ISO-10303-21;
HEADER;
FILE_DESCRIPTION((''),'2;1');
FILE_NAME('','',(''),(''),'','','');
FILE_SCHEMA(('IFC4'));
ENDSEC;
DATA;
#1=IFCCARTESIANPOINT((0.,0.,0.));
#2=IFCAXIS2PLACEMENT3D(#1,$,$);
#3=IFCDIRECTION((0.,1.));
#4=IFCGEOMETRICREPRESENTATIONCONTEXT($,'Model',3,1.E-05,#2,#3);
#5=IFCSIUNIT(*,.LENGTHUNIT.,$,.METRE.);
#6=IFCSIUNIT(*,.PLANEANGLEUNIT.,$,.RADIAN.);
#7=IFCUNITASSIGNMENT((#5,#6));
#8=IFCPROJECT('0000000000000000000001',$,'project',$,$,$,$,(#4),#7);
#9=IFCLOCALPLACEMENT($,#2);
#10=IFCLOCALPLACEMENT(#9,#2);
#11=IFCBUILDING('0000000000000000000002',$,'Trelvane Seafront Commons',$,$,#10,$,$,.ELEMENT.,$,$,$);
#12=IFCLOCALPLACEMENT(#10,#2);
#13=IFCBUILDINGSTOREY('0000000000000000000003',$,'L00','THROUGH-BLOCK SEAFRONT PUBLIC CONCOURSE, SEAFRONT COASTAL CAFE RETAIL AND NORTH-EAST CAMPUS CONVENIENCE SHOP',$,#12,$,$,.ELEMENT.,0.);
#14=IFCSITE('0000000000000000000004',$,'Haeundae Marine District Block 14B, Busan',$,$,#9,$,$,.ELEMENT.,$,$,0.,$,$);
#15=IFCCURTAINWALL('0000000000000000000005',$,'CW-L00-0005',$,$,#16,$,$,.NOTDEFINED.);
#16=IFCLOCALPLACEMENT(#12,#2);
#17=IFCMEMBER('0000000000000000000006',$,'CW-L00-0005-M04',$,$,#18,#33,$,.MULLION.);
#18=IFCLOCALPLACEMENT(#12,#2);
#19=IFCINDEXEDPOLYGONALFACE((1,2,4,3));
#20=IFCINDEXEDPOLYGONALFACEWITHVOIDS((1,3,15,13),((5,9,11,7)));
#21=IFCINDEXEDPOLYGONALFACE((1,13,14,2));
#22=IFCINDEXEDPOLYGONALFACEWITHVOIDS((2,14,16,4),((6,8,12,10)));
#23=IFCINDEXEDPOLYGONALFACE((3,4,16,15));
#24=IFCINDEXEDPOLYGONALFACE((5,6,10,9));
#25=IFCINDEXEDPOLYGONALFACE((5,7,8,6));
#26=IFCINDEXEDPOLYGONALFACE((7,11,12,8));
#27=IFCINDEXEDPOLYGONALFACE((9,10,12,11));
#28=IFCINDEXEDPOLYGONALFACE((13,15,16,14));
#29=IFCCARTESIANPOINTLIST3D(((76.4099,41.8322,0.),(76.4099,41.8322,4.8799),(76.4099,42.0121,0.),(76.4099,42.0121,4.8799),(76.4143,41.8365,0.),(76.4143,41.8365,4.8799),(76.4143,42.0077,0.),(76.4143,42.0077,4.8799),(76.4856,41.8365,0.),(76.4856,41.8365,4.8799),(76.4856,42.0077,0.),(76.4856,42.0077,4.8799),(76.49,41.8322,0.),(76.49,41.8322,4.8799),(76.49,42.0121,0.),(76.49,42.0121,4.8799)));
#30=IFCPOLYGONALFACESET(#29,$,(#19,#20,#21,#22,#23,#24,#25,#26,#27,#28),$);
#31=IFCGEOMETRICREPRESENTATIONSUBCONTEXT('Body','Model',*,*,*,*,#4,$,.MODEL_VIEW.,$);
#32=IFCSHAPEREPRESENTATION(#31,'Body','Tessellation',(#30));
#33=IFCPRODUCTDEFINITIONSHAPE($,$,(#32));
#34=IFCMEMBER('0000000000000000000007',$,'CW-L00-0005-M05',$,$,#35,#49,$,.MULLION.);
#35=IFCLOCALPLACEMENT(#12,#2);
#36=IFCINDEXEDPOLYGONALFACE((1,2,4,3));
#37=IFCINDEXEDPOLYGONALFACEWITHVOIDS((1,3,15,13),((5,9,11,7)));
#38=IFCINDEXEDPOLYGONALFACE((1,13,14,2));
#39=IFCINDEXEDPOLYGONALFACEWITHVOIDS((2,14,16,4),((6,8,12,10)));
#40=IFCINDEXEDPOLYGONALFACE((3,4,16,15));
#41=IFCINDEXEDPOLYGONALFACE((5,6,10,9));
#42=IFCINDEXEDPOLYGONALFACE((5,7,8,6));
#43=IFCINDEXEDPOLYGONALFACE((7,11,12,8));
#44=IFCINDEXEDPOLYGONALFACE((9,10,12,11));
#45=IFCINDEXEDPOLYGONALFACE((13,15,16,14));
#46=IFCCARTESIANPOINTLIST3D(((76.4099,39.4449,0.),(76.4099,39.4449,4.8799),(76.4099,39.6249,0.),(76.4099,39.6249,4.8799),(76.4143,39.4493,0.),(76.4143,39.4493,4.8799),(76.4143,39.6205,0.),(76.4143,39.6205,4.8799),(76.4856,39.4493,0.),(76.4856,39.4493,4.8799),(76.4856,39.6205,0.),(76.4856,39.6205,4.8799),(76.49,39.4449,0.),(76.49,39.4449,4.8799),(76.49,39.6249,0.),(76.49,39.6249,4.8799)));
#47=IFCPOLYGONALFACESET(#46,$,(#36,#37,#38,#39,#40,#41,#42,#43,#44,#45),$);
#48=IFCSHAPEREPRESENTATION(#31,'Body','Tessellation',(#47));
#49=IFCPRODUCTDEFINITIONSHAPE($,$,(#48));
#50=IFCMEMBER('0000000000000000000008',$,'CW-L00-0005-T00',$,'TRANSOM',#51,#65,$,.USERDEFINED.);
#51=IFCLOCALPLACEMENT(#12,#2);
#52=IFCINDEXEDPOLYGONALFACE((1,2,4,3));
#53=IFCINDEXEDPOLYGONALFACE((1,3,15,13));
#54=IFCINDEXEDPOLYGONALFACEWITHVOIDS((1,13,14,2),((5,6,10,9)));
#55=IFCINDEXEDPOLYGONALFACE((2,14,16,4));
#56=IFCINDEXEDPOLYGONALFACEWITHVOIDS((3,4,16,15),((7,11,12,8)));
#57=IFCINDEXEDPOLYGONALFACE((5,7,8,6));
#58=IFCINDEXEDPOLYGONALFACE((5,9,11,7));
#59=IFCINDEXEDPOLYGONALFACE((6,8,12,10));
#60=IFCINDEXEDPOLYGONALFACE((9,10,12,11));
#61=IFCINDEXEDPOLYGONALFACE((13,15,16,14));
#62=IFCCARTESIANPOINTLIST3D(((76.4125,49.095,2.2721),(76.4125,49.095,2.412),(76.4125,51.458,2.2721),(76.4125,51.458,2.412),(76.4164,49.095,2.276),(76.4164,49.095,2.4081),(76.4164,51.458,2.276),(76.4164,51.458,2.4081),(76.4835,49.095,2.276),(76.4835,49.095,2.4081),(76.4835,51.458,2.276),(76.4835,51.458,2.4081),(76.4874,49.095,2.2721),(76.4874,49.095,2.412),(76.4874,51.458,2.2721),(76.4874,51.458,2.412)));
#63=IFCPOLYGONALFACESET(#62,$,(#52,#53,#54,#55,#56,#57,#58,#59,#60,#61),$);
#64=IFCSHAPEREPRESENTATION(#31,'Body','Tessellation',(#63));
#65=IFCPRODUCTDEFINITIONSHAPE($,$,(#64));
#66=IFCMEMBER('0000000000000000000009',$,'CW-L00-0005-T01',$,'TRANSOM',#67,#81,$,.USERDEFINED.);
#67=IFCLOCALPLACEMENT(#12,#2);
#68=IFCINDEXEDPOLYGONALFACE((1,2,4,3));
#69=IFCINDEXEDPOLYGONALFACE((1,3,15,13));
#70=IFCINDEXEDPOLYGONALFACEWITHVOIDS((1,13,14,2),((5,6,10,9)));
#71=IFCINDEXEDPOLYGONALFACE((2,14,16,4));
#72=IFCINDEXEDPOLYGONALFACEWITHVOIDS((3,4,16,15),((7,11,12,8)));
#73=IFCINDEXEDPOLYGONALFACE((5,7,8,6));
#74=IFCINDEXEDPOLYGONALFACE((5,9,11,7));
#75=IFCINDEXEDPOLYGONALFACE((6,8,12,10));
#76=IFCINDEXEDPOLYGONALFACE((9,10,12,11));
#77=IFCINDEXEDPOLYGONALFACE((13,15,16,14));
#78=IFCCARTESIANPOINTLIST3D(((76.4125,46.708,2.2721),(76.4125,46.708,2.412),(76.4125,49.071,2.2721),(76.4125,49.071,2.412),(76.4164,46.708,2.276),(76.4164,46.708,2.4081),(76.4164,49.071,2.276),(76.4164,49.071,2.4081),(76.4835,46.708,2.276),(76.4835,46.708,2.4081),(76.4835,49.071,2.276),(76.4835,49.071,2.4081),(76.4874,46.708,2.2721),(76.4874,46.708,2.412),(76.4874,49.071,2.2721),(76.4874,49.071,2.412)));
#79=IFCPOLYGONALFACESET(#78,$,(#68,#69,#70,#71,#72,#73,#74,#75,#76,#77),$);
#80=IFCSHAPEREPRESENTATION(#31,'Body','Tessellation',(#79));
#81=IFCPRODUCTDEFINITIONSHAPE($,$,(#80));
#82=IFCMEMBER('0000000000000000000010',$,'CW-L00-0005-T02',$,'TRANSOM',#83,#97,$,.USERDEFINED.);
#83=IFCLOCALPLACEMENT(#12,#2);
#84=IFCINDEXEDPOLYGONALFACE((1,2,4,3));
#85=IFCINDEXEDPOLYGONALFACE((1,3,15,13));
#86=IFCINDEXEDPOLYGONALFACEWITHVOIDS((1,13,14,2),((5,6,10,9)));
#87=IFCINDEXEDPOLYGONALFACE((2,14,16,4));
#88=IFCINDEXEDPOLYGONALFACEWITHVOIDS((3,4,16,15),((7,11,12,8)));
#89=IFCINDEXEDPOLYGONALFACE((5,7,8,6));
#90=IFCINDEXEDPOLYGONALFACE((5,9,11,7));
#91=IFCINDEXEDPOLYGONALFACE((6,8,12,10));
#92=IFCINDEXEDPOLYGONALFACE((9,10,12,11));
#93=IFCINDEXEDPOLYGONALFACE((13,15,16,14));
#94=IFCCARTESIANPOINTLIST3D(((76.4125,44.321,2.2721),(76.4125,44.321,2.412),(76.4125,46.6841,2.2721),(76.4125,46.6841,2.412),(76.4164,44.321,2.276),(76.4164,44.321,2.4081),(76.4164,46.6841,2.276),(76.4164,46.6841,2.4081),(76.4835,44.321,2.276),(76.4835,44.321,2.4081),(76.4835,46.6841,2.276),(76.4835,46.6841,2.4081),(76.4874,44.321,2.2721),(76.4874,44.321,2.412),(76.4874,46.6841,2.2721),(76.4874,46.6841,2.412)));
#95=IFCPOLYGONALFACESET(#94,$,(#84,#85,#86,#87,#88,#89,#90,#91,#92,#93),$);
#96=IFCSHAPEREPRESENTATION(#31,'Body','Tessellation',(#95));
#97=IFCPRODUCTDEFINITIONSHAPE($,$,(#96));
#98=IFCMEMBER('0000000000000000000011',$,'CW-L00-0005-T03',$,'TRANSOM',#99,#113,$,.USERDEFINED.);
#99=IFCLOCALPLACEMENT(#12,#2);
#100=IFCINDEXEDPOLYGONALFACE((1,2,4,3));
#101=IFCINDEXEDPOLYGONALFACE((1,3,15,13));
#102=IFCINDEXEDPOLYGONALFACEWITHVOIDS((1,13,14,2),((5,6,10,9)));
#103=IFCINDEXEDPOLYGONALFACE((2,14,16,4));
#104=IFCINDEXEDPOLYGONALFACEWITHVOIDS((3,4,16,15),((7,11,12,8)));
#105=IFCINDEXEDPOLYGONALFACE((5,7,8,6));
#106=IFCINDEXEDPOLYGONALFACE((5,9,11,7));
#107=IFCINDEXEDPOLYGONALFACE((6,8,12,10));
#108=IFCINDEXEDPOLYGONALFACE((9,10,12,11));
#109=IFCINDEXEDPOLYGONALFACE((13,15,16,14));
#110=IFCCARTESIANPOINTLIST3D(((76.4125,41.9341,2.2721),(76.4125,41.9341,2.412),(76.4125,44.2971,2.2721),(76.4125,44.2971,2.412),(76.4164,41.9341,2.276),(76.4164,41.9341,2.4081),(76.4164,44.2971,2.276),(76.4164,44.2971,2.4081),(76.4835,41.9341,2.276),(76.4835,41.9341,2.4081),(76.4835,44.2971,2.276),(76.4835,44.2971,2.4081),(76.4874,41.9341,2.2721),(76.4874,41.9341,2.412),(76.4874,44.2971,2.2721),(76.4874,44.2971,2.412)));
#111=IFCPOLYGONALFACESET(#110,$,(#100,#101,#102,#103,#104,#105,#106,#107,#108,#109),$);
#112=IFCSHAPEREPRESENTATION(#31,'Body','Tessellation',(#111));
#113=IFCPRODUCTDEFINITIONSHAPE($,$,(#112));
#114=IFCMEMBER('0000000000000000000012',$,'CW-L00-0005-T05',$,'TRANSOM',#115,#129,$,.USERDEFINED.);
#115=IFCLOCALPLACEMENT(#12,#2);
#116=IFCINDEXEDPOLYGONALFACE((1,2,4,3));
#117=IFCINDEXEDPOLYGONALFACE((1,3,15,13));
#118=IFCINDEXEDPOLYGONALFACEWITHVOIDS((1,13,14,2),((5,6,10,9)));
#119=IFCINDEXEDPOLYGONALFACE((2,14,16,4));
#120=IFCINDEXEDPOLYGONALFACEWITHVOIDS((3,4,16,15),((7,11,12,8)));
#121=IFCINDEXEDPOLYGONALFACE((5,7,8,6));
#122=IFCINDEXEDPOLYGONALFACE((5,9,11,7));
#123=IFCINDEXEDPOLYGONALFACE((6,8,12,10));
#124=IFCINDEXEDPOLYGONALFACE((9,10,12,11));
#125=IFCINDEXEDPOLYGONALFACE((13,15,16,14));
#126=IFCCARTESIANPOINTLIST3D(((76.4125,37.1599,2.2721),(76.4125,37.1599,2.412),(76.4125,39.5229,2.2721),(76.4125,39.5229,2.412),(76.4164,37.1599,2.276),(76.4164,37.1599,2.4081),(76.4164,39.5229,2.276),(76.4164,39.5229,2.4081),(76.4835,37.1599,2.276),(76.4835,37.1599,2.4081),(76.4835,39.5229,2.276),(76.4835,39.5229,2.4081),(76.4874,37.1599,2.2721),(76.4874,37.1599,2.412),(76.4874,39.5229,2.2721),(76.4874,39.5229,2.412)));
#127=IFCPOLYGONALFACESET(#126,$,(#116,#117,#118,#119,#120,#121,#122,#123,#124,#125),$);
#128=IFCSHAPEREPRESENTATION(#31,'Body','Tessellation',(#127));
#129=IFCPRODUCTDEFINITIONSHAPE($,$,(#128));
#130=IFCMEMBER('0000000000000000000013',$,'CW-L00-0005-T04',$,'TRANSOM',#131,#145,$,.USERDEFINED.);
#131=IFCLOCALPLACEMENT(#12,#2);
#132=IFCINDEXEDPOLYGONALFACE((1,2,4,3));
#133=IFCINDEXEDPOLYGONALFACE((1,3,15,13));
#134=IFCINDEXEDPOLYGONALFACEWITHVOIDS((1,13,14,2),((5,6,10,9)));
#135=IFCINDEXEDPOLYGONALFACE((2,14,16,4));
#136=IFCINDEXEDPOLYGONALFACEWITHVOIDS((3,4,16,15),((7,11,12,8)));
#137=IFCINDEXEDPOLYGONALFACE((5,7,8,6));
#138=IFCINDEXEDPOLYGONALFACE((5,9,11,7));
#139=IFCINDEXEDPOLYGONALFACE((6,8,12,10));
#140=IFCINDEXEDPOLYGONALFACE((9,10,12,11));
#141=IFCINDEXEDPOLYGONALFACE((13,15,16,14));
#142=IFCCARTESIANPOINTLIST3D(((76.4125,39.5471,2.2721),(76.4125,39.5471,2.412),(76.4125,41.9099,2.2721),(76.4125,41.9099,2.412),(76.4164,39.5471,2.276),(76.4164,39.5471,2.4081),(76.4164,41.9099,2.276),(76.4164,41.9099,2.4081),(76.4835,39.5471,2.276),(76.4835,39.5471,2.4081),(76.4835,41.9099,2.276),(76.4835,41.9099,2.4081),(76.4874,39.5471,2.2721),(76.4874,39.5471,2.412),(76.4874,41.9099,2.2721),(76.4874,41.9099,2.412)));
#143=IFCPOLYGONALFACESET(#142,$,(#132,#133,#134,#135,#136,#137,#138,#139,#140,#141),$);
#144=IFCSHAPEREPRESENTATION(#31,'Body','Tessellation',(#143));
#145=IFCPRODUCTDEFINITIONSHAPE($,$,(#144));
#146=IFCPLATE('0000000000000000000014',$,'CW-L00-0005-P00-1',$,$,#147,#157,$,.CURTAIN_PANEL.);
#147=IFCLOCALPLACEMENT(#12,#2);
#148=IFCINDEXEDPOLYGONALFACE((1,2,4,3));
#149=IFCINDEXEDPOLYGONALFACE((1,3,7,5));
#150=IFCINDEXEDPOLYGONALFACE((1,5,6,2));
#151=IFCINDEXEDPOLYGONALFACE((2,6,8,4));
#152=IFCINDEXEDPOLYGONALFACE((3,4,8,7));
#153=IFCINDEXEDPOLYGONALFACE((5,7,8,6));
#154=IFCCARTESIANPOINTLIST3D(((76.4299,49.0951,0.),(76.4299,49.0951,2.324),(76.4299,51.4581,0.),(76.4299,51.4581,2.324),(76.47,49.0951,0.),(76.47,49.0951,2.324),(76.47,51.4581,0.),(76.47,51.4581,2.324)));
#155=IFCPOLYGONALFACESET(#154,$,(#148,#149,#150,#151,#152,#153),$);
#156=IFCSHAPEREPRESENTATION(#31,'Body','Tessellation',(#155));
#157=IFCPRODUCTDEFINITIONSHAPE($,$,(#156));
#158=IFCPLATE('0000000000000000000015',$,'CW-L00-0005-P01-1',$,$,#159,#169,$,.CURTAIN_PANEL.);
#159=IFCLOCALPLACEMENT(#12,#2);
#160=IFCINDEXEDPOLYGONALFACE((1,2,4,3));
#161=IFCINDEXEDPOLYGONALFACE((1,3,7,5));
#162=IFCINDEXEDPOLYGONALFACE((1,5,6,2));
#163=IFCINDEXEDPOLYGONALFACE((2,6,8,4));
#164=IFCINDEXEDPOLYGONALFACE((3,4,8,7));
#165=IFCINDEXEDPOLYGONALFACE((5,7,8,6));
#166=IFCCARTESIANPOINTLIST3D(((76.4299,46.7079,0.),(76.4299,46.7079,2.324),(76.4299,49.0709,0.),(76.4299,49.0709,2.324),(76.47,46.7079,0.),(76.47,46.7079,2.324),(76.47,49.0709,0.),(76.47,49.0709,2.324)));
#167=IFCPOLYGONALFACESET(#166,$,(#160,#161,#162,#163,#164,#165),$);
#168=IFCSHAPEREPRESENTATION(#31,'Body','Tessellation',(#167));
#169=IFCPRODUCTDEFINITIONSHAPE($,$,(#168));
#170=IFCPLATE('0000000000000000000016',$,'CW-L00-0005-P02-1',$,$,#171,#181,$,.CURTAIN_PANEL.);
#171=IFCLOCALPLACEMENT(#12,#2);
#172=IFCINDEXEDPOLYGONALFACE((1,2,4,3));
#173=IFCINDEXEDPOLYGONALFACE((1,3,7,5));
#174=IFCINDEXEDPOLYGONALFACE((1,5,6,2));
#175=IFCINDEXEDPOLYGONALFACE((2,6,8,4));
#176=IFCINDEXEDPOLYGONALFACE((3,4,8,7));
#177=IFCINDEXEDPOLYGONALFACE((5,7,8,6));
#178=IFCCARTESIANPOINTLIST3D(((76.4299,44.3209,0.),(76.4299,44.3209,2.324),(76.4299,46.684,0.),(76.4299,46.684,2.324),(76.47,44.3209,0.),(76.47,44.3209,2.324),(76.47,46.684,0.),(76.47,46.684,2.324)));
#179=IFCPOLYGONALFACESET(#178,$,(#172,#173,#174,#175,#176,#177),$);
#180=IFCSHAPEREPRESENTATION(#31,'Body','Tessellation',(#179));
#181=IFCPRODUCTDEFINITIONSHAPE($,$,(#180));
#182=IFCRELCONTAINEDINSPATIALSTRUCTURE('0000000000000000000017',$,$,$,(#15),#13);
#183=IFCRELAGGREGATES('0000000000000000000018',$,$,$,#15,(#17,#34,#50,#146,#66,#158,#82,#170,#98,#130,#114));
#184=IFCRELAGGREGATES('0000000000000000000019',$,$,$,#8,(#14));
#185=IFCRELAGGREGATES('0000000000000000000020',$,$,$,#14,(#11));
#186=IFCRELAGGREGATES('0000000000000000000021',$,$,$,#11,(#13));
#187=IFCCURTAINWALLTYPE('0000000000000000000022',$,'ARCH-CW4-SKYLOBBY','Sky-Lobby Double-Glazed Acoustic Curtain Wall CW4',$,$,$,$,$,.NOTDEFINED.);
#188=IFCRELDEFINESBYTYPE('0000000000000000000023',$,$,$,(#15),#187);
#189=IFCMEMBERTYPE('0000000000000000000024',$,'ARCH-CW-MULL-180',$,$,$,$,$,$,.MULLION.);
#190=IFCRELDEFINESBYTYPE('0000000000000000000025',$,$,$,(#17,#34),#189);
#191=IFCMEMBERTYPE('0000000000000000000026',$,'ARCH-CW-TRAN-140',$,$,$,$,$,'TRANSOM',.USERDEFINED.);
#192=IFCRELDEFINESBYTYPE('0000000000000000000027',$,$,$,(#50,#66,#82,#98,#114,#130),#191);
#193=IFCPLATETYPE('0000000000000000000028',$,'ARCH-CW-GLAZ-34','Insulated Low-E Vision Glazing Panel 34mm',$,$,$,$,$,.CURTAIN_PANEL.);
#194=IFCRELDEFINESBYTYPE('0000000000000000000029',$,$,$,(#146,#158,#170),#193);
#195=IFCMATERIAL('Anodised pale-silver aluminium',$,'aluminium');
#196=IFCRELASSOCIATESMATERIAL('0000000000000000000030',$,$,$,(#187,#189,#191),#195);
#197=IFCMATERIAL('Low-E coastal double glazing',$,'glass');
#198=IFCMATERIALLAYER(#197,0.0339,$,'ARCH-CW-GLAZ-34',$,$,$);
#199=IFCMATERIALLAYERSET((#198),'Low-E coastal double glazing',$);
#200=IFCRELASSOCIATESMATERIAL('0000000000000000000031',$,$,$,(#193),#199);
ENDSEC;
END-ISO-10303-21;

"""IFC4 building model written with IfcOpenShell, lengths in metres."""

from ifc_helpers import new_model, si_unit, direction, frame, origin, origin_2d, place, context, subcontext, project, spatial, rectangle, hollow_rectangle, extrude, source, transform, mapped, material, layer, layer_set, material_profile, profile_set, type_object, element, aggregate, save


model = new_model("IFC4")

# Units and contexts
model_context = context("Model", 3, precision=1e-05, world=origin(), true_north=direction((0.0, 1.0)))
body_context = subcontext(model_context, "Body", "Model", "MODEL_VIEW")
ifc_project = project(units=[si_unit("LENGTHUNIT", "METRE"), si_unit("PLANEANGLEUNIT", "RADIAN")], contexts=[model_context])

# Site, building, storey
site_placement = place(None, origin())
site = spatial("IfcSite", under=ifc_project, at=site_placement, Name="Haeundae Marine District Block 14B, Busan", CompositionType="ELEMENT", RefElevation=0.0)
building_placement = place(site_placement, origin())
building = spatial("IfcBuilding", under=site, at=building_placement, Name="Trelvane Seafront Commons", CompositionType="ELEMENT")
storey_placement = place(building_placement, origin())
storey = spatial("IfcBuildingStorey", under=building, at=storey_placement, Name="L00", Description="THROUGH-BLOCK SEAFRONT PUBLIC CONCOURSE, SEAFRONT COASTAL CAFE RETAIL AND NORTH-EAST CAMPUS CONVENIENCE SHOP", CompositionType="ELEMENT", Elevation=0.0)

# Curtain wall, members, plates
ifc_material_1 = material(Name="Anodised pale-silver aluminium", Category="aluminium")
curtain_wall_type = type_object("IfcCurtainWallType", Name="ARCH-CW4-SKYLOBBY", Description="Sky-Lobby Double-Glazed Acoustic Curtain Wall CW4", PredefinedType="NOTDEFINED", material=ifc_material_1)
curtain_wall_placement = place(storey_placement, origin())
curtain_wall = element("IfcCurtainWall", 1, at=curtain_wall_placement, inside=storey, type_object=curtain_wall_type, Name="CW-L00-0005", PredefinedType="NOTDEFINED")
ifc_material_profile_1 = material_profile(ifc_material_1, hollow_rectangle(XDim=0.0801, YDim=0.1799, WallThickness=0.0044, at=origin_2d()), Name="MULL-80x180x4.5")
ifc_profile_set_1 = profile_set([ifc_material_profile_1], Name="Anodised pale-silver aluminium")
member_type_1 = type_object("IfcMemberType", Name="ARCH-CW-MULL-180", PredefinedType="MULLION", material=ifc_profile_set_1)
shared_shape_1 = source(origin(), body_context, "Body", "SweptSolid", [
    extrude(hollow_rectangle(XDim=0.0801, YDim=0.1799, WallThickness=0.0044, at=origin_2d()), origin(), (0.0, 0.0, 1.0), 4.8799),
])
member_1_placement = place(storey_placement, frame((76.45, 41.9221, 0.0), z_axis=(0.0, 0.0, 1.0), x_axis=(1.0, 0.0, 0.0)))
member_1 = element("IfcMember", 2, at=member_1_placement, type_object=member_type_1, Name="CW-L00-0005-M04", PredefinedType="MULLION", context=body_context, shape_type="MappedRepresentation", body=[
    mapped(shared_shape_1, transform((0.0, 0.0, 0.0), x_axis=(1.0, 0.0, 0.0), y_axis=(0.0, 1.0, 0.0), z_axis=(0.0, 0.0, 1.0), scale=1.0)),
])
member_2_placement = place(storey_placement, frame((76.45, 39.5349, 0.0), z_axis=(0.0, 0.0, 1.0), x_axis=(1.0, 0.0, 0.0)))
member_2 = element("IfcMember", 3, at=member_2_placement, type_object=member_type_1, Name="CW-L00-0005-M05", PredefinedType="MULLION", context=body_context, shape_type="MappedRepresentation", body=[
    mapped(shared_shape_1, transform((0.0, 0.0, 0.0), x_axis=(1.0, 0.0, 0.0), y_axis=(0.0, 1.0, 0.0), z_axis=(0.0, 0.0, 1.0), scale=1.0)),
])
ifc_material_profile_2 = material_profile(ifc_material_1, hollow_rectangle(XDim=0.075, YDim=0.1399, WallThickness=0.0039, at=origin_2d()), Name="TRAN-75x140x4")
ifc_profile_set_2 = profile_set([ifc_material_profile_2], Name="Anodised pale-silver aluminium")
member_type_2 = type_object("IfcMemberType", Name="ARCH-CW-TRAN-140", ElementType="TRANSOM", PredefinedType="USERDEFINED", material=ifc_profile_set_2)
shared_shape_2 = source(origin(), body_context, "Body", "SweptSolid", [
    extrude(hollow_rectangle(XDim=0.075, YDim=0.1399, WallThickness=0.0039, at=origin_2d()), origin(), (0.0, 0.0, 1.0), 2.363),
])
member_3_placement = place(storey_placement, frame((76.45, 51.458, 2.342), z_axis=(0.0, -1.0, 0.0), x_axis=(1.0, 0.0, 0.0)))
member_3 = element("IfcMember", 4, at=member_3_placement, type_object=member_type_2, Name="CW-L00-0005-T00", ObjectType="TRANSOM", PredefinedType="USERDEFINED", context=body_context, shape_type="MappedRepresentation", body=[
    mapped(shared_shape_2, transform((0.0, 0.0, 0.0), x_axis=(1.0, 0.0, 0.0), y_axis=(0.0, 1.0, 0.0), z_axis=(0.0, 0.0, 1.0), scale=1.0)),
])
member_4_placement = place(storey_placement, frame((76.45, 49.071, 2.342), z_axis=(0.0, -1.0, 0.0), x_axis=(1.0, 0.0, 0.0)))
member_4 = element("IfcMember", 5, at=member_4_placement, type_object=member_type_2, Name="CW-L00-0005-T01", ObjectType="TRANSOM", PredefinedType="USERDEFINED", context=body_context, shape_type="MappedRepresentation", body=[
    mapped(shared_shape_2, transform((0.0, 0.0, 0.0), x_axis=(1.0, 0.0, 0.0), y_axis=(0.0, 1.0, 0.0), z_axis=(0.0, 0.0, 1.0), scale=1.0)),
])
member_5_placement = place(storey_placement, frame((76.45, 46.6841, 2.342), z_axis=(0.0, -1.0, 0.0), x_axis=(1.0, 0.0, 0.0)))
member_5 = element("IfcMember", 6, at=member_5_placement, type_object=member_type_2, Name="CW-L00-0005-T02", ObjectType="TRANSOM", PredefinedType="USERDEFINED", context=body_context, shape_type="MappedRepresentation", body=[
    mapped(shared_shape_2, transform((0.0, 0.0, 0.0), x_axis=(1.0, 0.0, 0.0), y_axis=(0.0, 1.0, 0.0), z_axis=(0.0, 0.0, 1.0), scale=1.0)),
])
member_6_placement = place(storey_placement, frame((76.45, 44.2971, 2.342), z_axis=(0.0, -1.0, 0.0), x_axis=(1.0, 0.0, 0.0)))
member_6 = element("IfcMember", 7, at=member_6_placement, type_object=member_type_2, Name="CW-L00-0005-T03", ObjectType="TRANSOM", PredefinedType="USERDEFINED", context=body_context, shape_type="MappedRepresentation", body=[
    mapped(shared_shape_2, transform((0.0, 0.0, 0.0), x_axis=(1.0, 0.0, 0.0), y_axis=(0.0, 1.0, 0.0), z_axis=(0.0, 0.0, 1.0), scale=1.0)),
])
member_7_placement = place(storey_placement, frame((76.45, 39.5229, 2.342), z_axis=(0.0, -1.0, 0.0), x_axis=(1.0, 0.0, 0.0)))
member_7 = element("IfcMember", 8, at=member_7_placement, type_object=member_type_2, Name="CW-L00-0005-T05", ObjectType="TRANSOM", PredefinedType="USERDEFINED", context=body_context, shape_type="MappedRepresentation", body=[
    mapped(shared_shape_2, transform((0.0, 0.0, 0.0), x_axis=(1.0, 0.0, 0.0), y_axis=(0.0, 1.0, 0.0), z_axis=(0.0, 0.0, 1.0), scale=1.0)),
])
shared_shape_3 = source(origin(), body_context, "Body", "SweptSolid", [
    extrude(hollow_rectangle(XDim=0.075, YDim=0.1399, WallThickness=0.0039, at=origin_2d()), origin(), (0.0, 0.0, 1.0), 2.3628),
])
member_8_placement = place(storey_placement, frame((76.45, 41.9099, 2.342), z_axis=(0.0, -1.0, 0.0), x_axis=(1.0, 0.0, 0.0)))
member_8 = element("IfcMember", 9, at=member_8_placement, type_object=member_type_2, Name="CW-L00-0005-T04", ObjectType="TRANSOM", PredefinedType="USERDEFINED", context=body_context, shape_type="MappedRepresentation", body=[
    mapped(shared_shape_3, transform((0.0, 0.0, 0.0), x_axis=(1.0, 0.0, 0.0), y_axis=(0.0, 1.0, 0.0), z_axis=(0.0, 0.0, 1.0), scale=1.0)),
])
ifc_material_2 = material(Name="Low-E coastal double glazing", Category="glass")
ifc_layer = layer(ifc_material_2, 0.0339, Name="ARCH-CW-GLAZ-34")
ifc_layer_set = layer_set([ifc_layer], Name="Low-E coastal double glazing")
plate_type = type_object("IfcPlateType", Name="ARCH-CW-GLAZ-34", Description="Insulated Low-E Vision Glazing Panel 34mm", PredefinedType="CURTAIN_PANEL", material=ifc_layer_set)
shared_shape_4 = source(origin(), body_context, "Body", "SweptSolid", [
    extrude(rectangle(XDim=2.363, YDim=0.04, at=origin_2d()), origin(), (0.0, 0.0, 1.0), 2.324),
])
plate_1_placement = place(storey_placement, frame((76.45, 50.2766, 0.0), z_axis=(0.0, 0.0, 1.0), x_axis=(0.0, -1.0, 0.0)))
plate_1 = element("IfcPlate", 10, at=plate_1_placement, type_object=plate_type, Name="CW-L00-0005-P00-1", PredefinedType="CURTAIN_PANEL", context=body_context, shape_type="MappedRepresentation", body=[
    mapped(shared_shape_4, transform((0.0, 0.0, 0.0), x_axis=(1.0, 0.0, 0.0), y_axis=(0.0, 1.0, 0.0), z_axis=(0.0, 0.0, 1.0), scale=1.0)),
])
plate_2_placement = place(storey_placement, frame((76.45, 47.8894, 0.0), z_axis=(0.0, 0.0, 1.0), x_axis=(0.0, -1.0, 0.0)))
plate_2 = element("IfcPlate", 11, at=plate_2_placement, type_object=plate_type, Name="CW-L00-0005-P01-1", PredefinedType="CURTAIN_PANEL", context=body_context, shape_type="MappedRepresentation", body=[
    mapped(shared_shape_4, transform((0.0, 0.0, 0.0), x_axis=(1.0, 0.0, 0.0), y_axis=(0.0, 1.0, 0.0), z_axis=(0.0, 0.0, 1.0), scale=1.0)),
])
plate_3_placement = place(storey_placement, frame((76.45, 45.5024, 0.0), z_axis=(0.0, 0.0, 1.0), x_axis=(0.0, -1.0, 0.0)))
plate_3 = element("IfcPlate", 12, at=plate_3_placement, type_object=plate_type, Name="CW-L00-0005-P02-1", PredefinedType="CURTAIN_PANEL", context=body_context, shape_type="MappedRepresentation", body=[
    mapped(shared_shape_4, transform((0.0, 0.0, 0.0), x_axis=(1.0, 0.0, 0.0), y_axis=(0.0, 1.0, 0.0), z_axis=(0.0, 0.0, 1.0), scale=1.0)),
])
aggregate(curtain_wall, [member_1, member_2, member_3, plate_1, member_4, plate_2, member_5, plate_3, member_6, member_8, member_7])

save(model, "model.ifc")
